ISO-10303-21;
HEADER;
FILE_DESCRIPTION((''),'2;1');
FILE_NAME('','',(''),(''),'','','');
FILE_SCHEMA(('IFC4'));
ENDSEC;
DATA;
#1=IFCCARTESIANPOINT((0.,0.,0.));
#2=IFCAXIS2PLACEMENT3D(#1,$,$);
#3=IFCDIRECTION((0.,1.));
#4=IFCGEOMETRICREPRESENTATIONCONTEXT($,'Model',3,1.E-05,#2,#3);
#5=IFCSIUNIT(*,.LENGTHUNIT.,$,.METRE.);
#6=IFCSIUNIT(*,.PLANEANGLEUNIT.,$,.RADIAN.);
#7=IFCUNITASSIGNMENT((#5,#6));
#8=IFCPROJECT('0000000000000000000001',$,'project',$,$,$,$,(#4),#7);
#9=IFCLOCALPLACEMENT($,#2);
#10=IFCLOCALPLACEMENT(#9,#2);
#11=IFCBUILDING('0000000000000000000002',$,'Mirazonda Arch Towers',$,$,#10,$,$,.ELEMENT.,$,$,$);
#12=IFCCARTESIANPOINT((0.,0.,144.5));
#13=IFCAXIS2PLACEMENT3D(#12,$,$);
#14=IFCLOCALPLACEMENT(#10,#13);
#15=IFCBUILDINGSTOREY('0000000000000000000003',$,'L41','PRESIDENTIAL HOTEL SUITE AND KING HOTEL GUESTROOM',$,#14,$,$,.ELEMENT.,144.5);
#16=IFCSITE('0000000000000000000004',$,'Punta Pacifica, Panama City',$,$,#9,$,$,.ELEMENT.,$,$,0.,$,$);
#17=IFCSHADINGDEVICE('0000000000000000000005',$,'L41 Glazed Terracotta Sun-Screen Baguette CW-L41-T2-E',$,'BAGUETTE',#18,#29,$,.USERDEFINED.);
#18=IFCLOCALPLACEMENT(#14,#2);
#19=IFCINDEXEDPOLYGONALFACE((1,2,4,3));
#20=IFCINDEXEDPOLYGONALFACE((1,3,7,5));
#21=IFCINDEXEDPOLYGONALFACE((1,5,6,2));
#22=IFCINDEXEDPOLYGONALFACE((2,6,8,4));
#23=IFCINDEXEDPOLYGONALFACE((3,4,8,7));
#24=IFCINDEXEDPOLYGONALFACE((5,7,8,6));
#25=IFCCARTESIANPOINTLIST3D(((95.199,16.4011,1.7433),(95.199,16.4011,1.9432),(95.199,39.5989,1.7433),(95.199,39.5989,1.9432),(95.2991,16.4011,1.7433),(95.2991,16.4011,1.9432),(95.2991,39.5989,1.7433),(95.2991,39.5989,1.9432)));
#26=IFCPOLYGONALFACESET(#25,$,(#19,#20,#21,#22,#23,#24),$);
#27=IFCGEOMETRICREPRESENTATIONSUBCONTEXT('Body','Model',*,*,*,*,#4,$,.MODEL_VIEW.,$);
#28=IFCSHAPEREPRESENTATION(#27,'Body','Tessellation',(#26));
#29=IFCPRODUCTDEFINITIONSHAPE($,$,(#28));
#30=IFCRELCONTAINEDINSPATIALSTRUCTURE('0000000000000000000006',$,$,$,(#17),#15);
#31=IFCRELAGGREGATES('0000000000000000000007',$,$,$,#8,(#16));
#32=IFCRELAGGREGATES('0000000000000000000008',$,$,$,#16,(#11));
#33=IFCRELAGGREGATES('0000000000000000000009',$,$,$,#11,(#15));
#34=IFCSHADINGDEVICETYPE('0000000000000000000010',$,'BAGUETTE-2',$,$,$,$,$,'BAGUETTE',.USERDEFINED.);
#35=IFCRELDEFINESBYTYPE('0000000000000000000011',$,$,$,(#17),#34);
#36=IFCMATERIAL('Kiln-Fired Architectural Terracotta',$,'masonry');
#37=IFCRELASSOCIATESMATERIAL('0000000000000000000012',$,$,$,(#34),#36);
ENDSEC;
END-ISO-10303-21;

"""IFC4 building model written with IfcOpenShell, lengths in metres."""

from ifc_helpers import new_model, si_unit, direction, frame, origin, origin_2d, place, context, subcontext, project, spatial, rectangle, extrude, material, material_profile, profile_set, type_object, element, save


model = new_model("IFC4")

# Units and contexts
model_context = context("Model", 3, precision=1e-05, world=origin(), true_north=direction((0.0, 1.0)))
body_context = subcontext(model_context, "Body", "Model", "MODEL_VIEW")
ifc_project = project(units=[si_unit("LENGTHUNIT", "METRE"), si_unit("PLANEANGLEUNIT", "RADIAN")], contexts=[model_context])

# Site, building, storey
site_placement = place(None, origin())
site = spatial("IfcSite", under=ifc_project, at=site_placement, Name="Punta Pacifica, Panama City", CompositionType="ELEMENT", RefElevation=0.0)
building_placement = place(site_placement, origin())
building = spatial("IfcBuilding", under=site, at=building_placement, Name="Mirazonda Arch Towers", CompositionType="ELEMENT")
storey_placement = place(building_placement, frame((0.0, 0.0, 144.5)))
storey = spatial("IfcBuildingStorey", under=building, at=storey_placement, Name="L41", Description="PRESIDENTIAL HOTEL SUITE AND KING HOTEL GUESTROOM", CompositionType="ELEMENT", Elevation=144.5)

# Shading device
ifc_material_1 = material(Name="Kiln-Fired Architectural Terracotta", Category="masonry")
ifc_material_profile_1 = material_profile(ifc_material_1, rectangle(XDim=0.1001, YDim=0.2, at=origin_2d()), Name="TERRA-BAG-100x200")
ifc_profile_set_1 = profile_set([ifc_material_profile_1], Name="Kiln-Fired Architectural Terracotta")
shading_device_type = type_object("IfcShadingDeviceType", Name="BAGUETTE-2", ElementType="BAGUETTE", PredefinedType="USERDEFINED", material=ifc_profile_set_1)
shading_device_1_placement = place(storey_placement, frame((95.249, 16.4011, 1.8433), z_axis=(0.0, 1.0, 0.0), x_axis=(-1.0, 0.0, 0.0)))
element("IfcShadingDevice", 1, at=shading_device_1_placement, inside=storey, type_object=shading_device_type, Name="L41 Glazed Terracotta Sun-Screen Baguette CW-L41-T2-E", ObjectType="BAGUETTE", PredefinedType="USERDEFINED", context=body_context, shape_type="SweptSolid", body=[
    extrude(rectangle(XDim=0.1001, YDim=0.2, at=origin_2d()), origin(), (0.0, 0.0, 1.0), 23.1978),
])

save(model, "model.ifc")
